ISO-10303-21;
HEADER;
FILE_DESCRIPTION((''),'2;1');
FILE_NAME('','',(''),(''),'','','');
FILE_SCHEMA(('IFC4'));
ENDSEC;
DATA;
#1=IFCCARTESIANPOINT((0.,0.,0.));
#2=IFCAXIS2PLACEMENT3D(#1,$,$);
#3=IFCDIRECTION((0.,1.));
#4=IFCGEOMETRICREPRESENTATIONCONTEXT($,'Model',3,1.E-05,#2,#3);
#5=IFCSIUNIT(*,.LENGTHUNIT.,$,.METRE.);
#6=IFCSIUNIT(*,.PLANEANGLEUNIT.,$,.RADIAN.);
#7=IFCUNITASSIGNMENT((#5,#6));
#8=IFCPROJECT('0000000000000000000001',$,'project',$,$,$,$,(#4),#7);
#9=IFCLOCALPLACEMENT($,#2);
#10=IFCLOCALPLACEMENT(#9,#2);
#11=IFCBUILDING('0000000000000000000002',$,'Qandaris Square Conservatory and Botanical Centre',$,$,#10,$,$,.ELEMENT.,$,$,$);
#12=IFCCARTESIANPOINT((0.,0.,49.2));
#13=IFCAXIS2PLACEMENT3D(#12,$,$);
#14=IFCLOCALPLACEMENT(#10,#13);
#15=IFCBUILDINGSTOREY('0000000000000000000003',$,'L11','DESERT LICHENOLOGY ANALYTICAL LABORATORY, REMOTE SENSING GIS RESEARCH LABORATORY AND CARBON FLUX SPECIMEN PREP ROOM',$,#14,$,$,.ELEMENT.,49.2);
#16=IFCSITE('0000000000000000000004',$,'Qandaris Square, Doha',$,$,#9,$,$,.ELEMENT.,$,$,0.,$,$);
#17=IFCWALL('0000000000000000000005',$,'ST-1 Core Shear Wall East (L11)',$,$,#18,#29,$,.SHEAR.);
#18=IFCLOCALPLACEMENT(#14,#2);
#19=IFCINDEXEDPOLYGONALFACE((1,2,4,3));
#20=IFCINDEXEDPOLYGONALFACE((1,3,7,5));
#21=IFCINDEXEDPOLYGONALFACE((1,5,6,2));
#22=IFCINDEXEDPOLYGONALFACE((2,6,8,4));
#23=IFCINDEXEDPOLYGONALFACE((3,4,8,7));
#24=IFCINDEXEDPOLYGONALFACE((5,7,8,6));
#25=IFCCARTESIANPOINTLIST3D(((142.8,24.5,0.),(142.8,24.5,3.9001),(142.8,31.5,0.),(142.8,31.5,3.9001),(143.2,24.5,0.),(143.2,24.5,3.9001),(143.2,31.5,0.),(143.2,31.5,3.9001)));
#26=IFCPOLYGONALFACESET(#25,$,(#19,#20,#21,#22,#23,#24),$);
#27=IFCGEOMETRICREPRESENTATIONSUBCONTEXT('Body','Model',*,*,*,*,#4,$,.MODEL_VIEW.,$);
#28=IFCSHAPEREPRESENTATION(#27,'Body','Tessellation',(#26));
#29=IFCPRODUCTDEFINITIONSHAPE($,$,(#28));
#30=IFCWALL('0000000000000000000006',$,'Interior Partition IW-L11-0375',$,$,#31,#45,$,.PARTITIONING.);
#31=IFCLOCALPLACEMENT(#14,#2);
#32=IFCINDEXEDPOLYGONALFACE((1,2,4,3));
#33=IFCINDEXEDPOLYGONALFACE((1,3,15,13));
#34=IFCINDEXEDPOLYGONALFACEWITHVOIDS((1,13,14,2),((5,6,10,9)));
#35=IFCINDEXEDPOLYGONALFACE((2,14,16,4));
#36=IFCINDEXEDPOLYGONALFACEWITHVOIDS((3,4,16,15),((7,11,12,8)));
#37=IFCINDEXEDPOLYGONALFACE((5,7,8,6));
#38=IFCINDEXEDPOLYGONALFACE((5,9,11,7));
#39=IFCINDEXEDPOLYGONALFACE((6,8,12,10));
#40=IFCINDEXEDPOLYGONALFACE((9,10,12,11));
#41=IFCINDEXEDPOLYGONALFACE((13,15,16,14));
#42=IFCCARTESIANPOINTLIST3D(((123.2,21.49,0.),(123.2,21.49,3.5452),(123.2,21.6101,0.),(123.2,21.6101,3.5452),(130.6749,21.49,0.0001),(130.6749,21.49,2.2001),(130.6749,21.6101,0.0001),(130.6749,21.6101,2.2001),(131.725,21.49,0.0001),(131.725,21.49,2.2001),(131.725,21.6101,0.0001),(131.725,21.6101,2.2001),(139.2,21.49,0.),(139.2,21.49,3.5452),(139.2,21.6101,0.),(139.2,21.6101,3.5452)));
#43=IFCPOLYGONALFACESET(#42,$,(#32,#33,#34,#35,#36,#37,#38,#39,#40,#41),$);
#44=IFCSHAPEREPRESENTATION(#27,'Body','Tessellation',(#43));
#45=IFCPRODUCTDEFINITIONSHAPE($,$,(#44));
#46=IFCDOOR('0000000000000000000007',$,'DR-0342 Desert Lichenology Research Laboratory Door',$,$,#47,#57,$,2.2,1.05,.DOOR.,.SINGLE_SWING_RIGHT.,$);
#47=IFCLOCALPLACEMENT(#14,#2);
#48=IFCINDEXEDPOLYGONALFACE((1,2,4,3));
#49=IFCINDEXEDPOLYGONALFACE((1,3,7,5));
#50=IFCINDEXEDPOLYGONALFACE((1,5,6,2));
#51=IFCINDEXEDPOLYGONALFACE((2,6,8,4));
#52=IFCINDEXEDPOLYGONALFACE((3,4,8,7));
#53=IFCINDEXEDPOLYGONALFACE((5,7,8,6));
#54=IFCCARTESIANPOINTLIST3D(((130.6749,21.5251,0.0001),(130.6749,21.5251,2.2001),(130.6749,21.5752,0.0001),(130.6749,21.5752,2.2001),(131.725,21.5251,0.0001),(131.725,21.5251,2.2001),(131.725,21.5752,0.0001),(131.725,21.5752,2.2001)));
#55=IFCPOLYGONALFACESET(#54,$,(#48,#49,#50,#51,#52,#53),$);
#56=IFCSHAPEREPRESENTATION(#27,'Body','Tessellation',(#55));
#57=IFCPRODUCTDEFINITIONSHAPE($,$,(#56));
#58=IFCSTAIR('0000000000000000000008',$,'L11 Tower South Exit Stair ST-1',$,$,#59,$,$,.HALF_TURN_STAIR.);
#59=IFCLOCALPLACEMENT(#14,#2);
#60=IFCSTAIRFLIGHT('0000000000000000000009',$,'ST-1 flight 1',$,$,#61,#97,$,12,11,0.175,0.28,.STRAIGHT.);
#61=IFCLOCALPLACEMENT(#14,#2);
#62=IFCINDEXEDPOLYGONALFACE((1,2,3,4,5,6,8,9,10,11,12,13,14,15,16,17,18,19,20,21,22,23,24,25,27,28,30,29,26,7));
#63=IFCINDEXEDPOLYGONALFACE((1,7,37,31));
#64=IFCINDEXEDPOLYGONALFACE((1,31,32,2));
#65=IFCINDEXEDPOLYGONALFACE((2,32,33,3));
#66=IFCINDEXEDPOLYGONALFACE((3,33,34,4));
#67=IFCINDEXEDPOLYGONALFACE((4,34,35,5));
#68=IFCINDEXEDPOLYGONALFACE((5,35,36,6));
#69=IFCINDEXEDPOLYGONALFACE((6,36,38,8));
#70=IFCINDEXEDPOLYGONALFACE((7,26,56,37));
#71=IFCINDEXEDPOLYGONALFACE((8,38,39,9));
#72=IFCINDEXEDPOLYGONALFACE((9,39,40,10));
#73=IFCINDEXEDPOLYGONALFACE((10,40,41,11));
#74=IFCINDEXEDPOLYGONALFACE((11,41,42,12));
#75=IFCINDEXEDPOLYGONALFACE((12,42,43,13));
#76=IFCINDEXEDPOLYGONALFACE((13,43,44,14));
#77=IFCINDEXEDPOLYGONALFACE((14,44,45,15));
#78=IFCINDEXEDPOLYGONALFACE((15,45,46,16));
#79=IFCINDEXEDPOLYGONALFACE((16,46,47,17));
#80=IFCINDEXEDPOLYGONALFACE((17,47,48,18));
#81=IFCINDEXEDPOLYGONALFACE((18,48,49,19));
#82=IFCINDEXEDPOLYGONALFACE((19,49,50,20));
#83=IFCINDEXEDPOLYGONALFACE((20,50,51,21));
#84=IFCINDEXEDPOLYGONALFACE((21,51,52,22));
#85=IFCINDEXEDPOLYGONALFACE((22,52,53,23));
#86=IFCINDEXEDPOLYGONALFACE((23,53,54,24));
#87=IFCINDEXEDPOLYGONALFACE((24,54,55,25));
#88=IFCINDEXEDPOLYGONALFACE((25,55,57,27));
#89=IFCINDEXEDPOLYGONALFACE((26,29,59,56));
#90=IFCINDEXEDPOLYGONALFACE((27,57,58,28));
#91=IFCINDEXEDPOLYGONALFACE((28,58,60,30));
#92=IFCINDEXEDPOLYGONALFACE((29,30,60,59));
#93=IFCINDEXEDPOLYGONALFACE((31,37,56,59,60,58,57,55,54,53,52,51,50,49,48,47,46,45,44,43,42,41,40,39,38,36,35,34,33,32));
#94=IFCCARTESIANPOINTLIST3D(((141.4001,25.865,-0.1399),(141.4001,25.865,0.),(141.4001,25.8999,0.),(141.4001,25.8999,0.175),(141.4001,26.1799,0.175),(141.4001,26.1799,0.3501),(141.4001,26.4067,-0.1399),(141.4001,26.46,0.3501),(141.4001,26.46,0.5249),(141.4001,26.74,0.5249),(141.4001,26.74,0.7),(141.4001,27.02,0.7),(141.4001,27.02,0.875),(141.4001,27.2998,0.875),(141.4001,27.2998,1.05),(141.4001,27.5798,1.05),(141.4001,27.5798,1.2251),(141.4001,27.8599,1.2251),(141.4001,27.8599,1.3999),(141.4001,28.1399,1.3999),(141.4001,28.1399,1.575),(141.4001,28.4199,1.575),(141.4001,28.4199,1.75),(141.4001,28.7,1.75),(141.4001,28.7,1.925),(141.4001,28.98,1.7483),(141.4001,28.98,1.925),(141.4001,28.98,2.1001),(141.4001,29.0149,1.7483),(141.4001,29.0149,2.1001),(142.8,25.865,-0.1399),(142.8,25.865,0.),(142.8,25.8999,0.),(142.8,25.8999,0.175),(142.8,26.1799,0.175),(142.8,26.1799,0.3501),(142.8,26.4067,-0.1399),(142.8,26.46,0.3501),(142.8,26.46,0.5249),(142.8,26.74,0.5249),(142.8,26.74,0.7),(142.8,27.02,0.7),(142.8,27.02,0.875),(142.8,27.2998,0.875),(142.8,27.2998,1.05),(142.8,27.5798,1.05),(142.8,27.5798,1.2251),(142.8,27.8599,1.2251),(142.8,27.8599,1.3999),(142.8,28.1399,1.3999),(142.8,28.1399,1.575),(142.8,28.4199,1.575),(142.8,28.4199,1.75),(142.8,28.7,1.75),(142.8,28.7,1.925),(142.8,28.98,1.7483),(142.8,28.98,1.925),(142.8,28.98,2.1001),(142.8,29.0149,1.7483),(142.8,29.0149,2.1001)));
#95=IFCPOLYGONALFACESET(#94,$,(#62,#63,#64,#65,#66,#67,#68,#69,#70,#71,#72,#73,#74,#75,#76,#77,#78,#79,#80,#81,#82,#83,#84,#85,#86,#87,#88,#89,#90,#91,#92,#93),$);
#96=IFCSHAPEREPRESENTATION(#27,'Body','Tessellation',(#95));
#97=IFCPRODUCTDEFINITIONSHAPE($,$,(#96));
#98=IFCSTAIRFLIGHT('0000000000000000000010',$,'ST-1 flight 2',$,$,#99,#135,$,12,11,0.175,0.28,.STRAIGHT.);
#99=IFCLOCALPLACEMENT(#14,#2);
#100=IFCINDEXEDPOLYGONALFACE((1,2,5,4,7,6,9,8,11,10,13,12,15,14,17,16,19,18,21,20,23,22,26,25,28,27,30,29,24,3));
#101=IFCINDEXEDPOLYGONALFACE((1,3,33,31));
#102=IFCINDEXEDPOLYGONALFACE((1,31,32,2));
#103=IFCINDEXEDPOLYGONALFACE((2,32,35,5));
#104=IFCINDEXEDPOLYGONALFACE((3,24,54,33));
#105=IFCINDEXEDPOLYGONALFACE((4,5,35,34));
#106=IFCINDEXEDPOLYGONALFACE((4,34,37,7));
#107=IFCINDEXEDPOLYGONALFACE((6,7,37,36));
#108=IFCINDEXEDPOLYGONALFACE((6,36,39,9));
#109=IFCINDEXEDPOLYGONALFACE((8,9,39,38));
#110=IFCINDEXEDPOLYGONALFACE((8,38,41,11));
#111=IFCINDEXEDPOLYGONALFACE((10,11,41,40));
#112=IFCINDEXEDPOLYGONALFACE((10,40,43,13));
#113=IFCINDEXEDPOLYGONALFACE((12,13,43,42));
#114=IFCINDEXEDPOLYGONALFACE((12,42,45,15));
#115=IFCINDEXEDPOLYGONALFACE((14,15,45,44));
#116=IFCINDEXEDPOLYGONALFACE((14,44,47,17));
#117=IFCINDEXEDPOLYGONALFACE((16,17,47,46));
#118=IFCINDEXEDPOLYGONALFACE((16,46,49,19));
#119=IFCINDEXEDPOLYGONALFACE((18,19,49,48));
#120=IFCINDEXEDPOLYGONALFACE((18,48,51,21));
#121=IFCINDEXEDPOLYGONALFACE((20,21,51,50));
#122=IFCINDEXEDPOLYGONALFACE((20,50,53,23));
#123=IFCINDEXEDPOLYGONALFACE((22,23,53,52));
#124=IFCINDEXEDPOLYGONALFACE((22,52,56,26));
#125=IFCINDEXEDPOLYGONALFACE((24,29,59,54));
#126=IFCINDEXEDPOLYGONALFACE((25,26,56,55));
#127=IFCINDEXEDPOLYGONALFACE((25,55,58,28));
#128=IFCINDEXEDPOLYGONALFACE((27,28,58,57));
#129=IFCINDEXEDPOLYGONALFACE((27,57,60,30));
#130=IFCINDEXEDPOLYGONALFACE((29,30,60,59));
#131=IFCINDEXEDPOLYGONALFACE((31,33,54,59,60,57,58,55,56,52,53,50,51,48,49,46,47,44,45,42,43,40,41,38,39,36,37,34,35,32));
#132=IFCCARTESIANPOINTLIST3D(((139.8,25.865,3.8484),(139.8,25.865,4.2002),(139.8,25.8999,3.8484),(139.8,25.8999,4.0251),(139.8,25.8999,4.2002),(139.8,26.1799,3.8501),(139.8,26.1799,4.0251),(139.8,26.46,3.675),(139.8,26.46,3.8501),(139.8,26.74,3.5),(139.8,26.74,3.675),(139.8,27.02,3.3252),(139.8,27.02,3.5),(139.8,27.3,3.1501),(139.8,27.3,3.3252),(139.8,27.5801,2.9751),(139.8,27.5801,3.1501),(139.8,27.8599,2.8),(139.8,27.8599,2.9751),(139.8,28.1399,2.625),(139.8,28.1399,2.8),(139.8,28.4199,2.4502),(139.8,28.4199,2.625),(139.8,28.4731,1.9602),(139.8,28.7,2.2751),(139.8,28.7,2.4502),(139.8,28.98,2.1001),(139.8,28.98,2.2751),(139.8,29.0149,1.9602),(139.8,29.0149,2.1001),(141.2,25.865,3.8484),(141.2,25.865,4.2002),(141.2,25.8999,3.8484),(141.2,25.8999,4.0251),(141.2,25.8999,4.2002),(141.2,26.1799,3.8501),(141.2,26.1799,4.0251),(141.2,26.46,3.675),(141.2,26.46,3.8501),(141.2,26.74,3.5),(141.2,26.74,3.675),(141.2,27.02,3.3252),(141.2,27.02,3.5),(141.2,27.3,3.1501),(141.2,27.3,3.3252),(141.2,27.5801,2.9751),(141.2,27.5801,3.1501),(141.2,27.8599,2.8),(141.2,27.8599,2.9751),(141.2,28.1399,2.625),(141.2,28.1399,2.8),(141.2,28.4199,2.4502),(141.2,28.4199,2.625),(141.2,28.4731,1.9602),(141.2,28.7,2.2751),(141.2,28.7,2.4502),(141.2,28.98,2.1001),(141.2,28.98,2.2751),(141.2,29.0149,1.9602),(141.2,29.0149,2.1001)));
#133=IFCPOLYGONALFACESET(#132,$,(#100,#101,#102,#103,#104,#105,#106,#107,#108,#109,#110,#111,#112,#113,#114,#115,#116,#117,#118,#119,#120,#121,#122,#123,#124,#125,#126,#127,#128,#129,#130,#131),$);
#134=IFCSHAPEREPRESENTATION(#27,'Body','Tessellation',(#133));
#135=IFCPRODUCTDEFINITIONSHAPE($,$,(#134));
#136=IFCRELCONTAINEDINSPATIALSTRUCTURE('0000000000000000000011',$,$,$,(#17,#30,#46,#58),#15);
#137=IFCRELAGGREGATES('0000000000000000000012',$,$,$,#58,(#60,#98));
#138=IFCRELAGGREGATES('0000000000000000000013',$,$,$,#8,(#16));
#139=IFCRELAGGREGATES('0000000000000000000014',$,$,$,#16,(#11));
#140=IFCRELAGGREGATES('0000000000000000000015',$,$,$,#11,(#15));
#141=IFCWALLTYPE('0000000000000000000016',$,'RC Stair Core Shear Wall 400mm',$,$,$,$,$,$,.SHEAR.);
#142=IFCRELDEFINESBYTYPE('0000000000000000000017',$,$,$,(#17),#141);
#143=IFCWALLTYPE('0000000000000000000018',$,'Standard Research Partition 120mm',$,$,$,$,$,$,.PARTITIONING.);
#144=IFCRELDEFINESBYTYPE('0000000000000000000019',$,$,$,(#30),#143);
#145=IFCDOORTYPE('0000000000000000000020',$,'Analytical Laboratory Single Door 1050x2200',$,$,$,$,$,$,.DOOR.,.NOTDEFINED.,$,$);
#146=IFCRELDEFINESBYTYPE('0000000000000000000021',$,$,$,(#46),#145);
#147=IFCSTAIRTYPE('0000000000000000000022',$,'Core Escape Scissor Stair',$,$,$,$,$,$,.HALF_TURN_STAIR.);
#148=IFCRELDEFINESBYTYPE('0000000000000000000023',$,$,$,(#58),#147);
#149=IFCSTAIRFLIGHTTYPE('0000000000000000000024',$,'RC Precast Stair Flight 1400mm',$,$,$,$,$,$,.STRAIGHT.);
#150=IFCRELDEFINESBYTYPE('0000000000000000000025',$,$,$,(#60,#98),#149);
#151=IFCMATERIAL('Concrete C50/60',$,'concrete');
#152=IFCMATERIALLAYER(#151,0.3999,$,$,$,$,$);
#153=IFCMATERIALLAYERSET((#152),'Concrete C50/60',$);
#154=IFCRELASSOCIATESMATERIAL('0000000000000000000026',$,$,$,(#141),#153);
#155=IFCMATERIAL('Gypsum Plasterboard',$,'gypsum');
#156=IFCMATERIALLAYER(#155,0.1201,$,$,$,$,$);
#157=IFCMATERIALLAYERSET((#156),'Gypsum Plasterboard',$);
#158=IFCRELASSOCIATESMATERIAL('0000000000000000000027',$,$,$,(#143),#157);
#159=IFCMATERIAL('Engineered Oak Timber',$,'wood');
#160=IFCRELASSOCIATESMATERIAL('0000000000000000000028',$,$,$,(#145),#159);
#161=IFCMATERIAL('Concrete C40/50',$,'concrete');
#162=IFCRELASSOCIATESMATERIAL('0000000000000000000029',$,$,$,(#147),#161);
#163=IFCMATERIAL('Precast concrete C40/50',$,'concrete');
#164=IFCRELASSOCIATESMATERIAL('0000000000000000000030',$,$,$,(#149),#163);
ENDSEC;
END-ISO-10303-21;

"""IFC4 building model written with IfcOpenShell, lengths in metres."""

from ifc_helpers import new_model, si_unit, direction, frame, frame_2d, origin, place, context, subcontext, project, spatial, polyline, rectangle, outline, extrude, material, layer, layer_set, type_object, element, fill, aggregate, save


model = new_model("IFC4")

# Units and contexts
model_context = context("Model", 3, precision=1e-05, world=origin(), true_north=direction((0.0, 1.0)))
body_context = subcontext(model_context, "Body", "Model", "MODEL_VIEW")
ifc_project = project(units=[si_unit("LENGTHUNIT", "METRE"), si_unit("PLANEANGLEUNIT", "RADIAN")], contexts=[model_context])

# Site, building, storey
site_placement = place(None, origin())
site = spatial("IfcSite", under=ifc_project, at=site_placement, Name="Qandaris Square, Doha", CompositionType="ELEMENT", RefElevation=0.0)
building_placement = place(site_placement, origin())
building = spatial("IfcBuilding", under=site, at=building_placement, Name="Qandaris Square Conservatory and Botanical Centre", CompositionType="ELEMENT")
storey_placement = place(building_placement, frame((0.0, 0.0, 49.2)))
storey = spatial("IfcBuildingStorey", under=building, at=storey_placement, Name="L11", Description="DESERT LICHENOLOGY ANALYTICAL LABORATORY, REMOTE SENSING GIS RESEARCH LABORATORY AND CARBON FLUX SPECIMEN PREP ROOM", CompositionType="ELEMENT", Elevation=49.2)

# Shared definitions
ifc_material_1 = material(Name="Concrete C50/60", Category="concrete")

# Shared definitions
ifc_material_2 = material(Name="Gypsum Plasterboard", Category="gypsum")

# Shared definitions
ifc_material_3 = material(Name="Precast concrete C40/50", Category="concrete")

# Shared definitions
ifc_material_4 = material(Name="Concrete C40/50", Category="concrete")

# Shared definitions
ifc_layer_1 = layer(ifc_material_1, 0.3999)
ifc_layer_set_1 = layer_set([ifc_layer_1], Name="Concrete C50/60")
wall_type_1 = type_object("IfcWallType", Name="RC Stair Core Shear Wall 400mm", PredefinedType="SHEAR", material=ifc_layer_set_1)

# Wall
for number, where, z_axis, x_axis, name in (
    (1, (143.0, 24.5, 0.0), (0.0, 0.0, 1.0), (0.0, 1.0, 0.0), "ST-1 Core Shear Wall East (L11)"),
):
    element("IfcWall", number, at=place(storey_placement, frame(where, z_axis=z_axis, x_axis=x_axis)), inside=storey, type_object=wall_type_1, Name=name, PredefinedType="SHEAR", context=body_context, shape_type="SweptSolid", body=[
        extrude(rectangle(XDim=7.0, YDim=0.3999, at=frame_2d((3.5, 0.0))), origin(), (0.0, 0.0, 1.0), 3.9001),
    ])

# Wall, opening, door
ifc_layer_2 = layer(ifc_material_2, 0.1201)
ifc_layer_set_2 = layer_set([ifc_layer_2], Name="Gypsum Plasterboard")
wall_type_2 = type_object("IfcWallType", Name="Standard Research Partition 120mm", PredefinedType="PARTITIONING", material=ifc_layer_set_2)
wall_1_placement = place(storey_placement, frame((139.2, 21.55, 0.0), z_axis=(0.0, 0.0, 1.0), x_axis=(-1.0, 0.0, 0.0)))
wall_1 = element("IfcWall", 2, at=wall_1_placement, inside=storey, type_object=wall_type_2, Name="Interior Partition IW-L11-0375", PredefinedType="PARTITIONING", context=body_context, shape_type="SweptSolid", body=[
    extrude(rectangle(XDim=16.0, YDim=0.1201, at=frame_2d((8.0, 0.0))), origin(), (0.0, 0.0, 1.0), 3.5452),
])
opening_1_placement = place(wall_1_placement, frame((7.4751, 0.0, 0.0)))
opening_1 = element("IfcOpeningElement", 3, at=opening_1_placement, cuts=wall_1, PredefinedType="OPENING", context=body_context, shape_type="SweptSolid", body=[
    extrude(rectangle(XDim=1.05, YDim=2.2, at=frame_2d((0.5249, 1.1001))), frame((0.0, 0.072, 0.0), z_axis=(0.0, -1.0, 0.0), x_axis=(1.0, 0.0, 0.0)), (0.0, 0.0, 1.0), 0.144),
])
ifc_material_5 = material(Name="Engineered Oak Timber", Category="wood")
door_type_1 = type_object("IfcDoorType", Name="Analytical Laboratory Single Door 1050x2200", OperationType="NOTDEFINED", PredefinedType="DOOR", material=ifc_material_5)
door_1_placement = place(opening_1_placement, origin())
door_1 = element("IfcDoor", 4, at=door_1_placement, inside=storey, type_object=door_type_1, Name="DR-0342 Desert Lichenology Research Laboratory Door", OperationType="SINGLE_SWING_RIGHT", OverallHeight=2.2, OverallWidth=1.05, PredefinedType="DOOR", context=body_context, shape_type="SweptSolid", body=[
    extrude(rectangle(XDim=1.05, YDim=2.2, at=frame_2d((0.5249, 1.1001))), frame((0.0, 0.0249, 0.0), z_axis=(0.0, -1.0, 0.0), x_axis=(1.0, 0.0, 0.0)), (0.0, 0.0, 1.0), 0.05),
])
fill(opening_1, door_1)

# Stair, stair flights
stair_type = type_object("IfcStairType", Name="Core Escape Scissor Stair", PredefinedType="HALF_TURN_STAIR", material=ifc_material_4)
stair_placement = place(storey_placement, origin())
stair = element("IfcStair", 5, at=stair_placement, inside=storey, type_object=stair_type, Name="L11 Tower South Exit Stair ST-1", PredefinedType="HALF_TURN_STAIR")
stair_flight_type = type_object("IfcStairFlightType", Name="RC Precast Stair Flight 1400mm", PredefinedType="STRAIGHT", material=ifc_material_3)
stair_flight_1_placement = place(storey_placement, frame((142.1001, 25.8999, 0.0), z_axis=(0.0, 0.0, 1.0), x_axis=(0.0, 1.0, 0.0)))
stair_flight_1 = element("IfcStairFlight", 6, at=stair_flight_1_placement, type_object=stair_flight_type, Name="ST-1 flight 1", NumberOfRisers=12, NumberOfTreads=11, PredefinedType="STRAIGHT", RiserHeight=0.175, TreadLength=0.28, context=body_context, shape_type="SweptSolid", body=[
    extrude(outline(polyline([(-0.0349, 0.0), (0.0, 0.0), (0.0, 0.175), (0.28, 0.175), (0.28, 0.3501), (0.5601, 0.3501), (0.5601, 0.5249), (0.8401, 0.5249), (0.8401, 0.7), (1.1201, 0.7), (1.1201, 0.875), (1.3999, 0.875), (1.3999, 1.05), (1.6799, 1.05), (1.6799, 1.2251), (1.96, 1.2251), (1.96, 1.3999), (2.24, 1.3999), (2.24, 1.575), (2.52, 1.575), (2.52, 1.75), (2.8, 1.75), (2.8, 1.925), (3.0801, 1.925), (3.0801, 2.1001), (3.115, 2.1001), (3.115, 1.7483), (3.0801, 1.7483), (0.5068, -0.1399), (-0.0349, -0.1399), (-0.0349, 0.0)])), frame((0.0, 0.7, 0.0), z_axis=(0.0, -1.0, 0.0), x_axis=(1.0, 0.0, 0.0)), (0.0, 0.0, 1.0), 1.3999),
])
stair_flight_2_placement = place(storey_placement, frame((140.5, 28.98, 2.1001), z_axis=(0.0, 0.0, 1.0), x_axis=(0.0, -1.0, 0.0)))
stair_flight_2 = element("IfcStairFlight", 7, at=stair_flight_2_placement, type_object=stair_flight_type, Name="ST-1 flight 2", NumberOfRisers=12, NumberOfTreads=11, PredefinedType="STRAIGHT", RiserHeight=0.175, TreadLength=0.28, context=body_context, shape_type="SweptSolid", body=[
    extrude(outline(polyline([(-0.0349, 0.0), (0.0, 0.0), (0.0, 0.175), (0.28, 0.175), (0.28, 0.3501), (0.5601, 0.3501), (0.5601, 0.5249), (0.8401, 0.5249), (0.8401, 0.7), (1.1201, 0.7), (1.1201, 0.875), (1.3999, 0.875), (1.3999, 1.05), (1.6799, 1.05), (1.6799, 1.2251), (1.96, 1.2251), (1.96, 1.3999), (2.24, 1.3999), (2.24, 1.575), (2.52, 1.575), (2.52, 1.75), (2.8, 1.75), (2.8, 1.925), (3.0801, 1.925), (3.0801, 2.1001), (3.115, 2.1001), (3.115, 1.7483), (3.0801, 1.7483), (0.5068, -0.1399), (-0.0349, -0.1399), (-0.0349, 0.0)])), frame((0.0, 0.7, 0.0), z_axis=(0.0, -1.0, 0.0), x_axis=(1.0, 0.0, 0.0)), (0.0, 0.0, 1.0), 1.3999),
])
aggregate(stair, [stair_flight_1, stair_flight_2])

save(model, "model.ifc")
